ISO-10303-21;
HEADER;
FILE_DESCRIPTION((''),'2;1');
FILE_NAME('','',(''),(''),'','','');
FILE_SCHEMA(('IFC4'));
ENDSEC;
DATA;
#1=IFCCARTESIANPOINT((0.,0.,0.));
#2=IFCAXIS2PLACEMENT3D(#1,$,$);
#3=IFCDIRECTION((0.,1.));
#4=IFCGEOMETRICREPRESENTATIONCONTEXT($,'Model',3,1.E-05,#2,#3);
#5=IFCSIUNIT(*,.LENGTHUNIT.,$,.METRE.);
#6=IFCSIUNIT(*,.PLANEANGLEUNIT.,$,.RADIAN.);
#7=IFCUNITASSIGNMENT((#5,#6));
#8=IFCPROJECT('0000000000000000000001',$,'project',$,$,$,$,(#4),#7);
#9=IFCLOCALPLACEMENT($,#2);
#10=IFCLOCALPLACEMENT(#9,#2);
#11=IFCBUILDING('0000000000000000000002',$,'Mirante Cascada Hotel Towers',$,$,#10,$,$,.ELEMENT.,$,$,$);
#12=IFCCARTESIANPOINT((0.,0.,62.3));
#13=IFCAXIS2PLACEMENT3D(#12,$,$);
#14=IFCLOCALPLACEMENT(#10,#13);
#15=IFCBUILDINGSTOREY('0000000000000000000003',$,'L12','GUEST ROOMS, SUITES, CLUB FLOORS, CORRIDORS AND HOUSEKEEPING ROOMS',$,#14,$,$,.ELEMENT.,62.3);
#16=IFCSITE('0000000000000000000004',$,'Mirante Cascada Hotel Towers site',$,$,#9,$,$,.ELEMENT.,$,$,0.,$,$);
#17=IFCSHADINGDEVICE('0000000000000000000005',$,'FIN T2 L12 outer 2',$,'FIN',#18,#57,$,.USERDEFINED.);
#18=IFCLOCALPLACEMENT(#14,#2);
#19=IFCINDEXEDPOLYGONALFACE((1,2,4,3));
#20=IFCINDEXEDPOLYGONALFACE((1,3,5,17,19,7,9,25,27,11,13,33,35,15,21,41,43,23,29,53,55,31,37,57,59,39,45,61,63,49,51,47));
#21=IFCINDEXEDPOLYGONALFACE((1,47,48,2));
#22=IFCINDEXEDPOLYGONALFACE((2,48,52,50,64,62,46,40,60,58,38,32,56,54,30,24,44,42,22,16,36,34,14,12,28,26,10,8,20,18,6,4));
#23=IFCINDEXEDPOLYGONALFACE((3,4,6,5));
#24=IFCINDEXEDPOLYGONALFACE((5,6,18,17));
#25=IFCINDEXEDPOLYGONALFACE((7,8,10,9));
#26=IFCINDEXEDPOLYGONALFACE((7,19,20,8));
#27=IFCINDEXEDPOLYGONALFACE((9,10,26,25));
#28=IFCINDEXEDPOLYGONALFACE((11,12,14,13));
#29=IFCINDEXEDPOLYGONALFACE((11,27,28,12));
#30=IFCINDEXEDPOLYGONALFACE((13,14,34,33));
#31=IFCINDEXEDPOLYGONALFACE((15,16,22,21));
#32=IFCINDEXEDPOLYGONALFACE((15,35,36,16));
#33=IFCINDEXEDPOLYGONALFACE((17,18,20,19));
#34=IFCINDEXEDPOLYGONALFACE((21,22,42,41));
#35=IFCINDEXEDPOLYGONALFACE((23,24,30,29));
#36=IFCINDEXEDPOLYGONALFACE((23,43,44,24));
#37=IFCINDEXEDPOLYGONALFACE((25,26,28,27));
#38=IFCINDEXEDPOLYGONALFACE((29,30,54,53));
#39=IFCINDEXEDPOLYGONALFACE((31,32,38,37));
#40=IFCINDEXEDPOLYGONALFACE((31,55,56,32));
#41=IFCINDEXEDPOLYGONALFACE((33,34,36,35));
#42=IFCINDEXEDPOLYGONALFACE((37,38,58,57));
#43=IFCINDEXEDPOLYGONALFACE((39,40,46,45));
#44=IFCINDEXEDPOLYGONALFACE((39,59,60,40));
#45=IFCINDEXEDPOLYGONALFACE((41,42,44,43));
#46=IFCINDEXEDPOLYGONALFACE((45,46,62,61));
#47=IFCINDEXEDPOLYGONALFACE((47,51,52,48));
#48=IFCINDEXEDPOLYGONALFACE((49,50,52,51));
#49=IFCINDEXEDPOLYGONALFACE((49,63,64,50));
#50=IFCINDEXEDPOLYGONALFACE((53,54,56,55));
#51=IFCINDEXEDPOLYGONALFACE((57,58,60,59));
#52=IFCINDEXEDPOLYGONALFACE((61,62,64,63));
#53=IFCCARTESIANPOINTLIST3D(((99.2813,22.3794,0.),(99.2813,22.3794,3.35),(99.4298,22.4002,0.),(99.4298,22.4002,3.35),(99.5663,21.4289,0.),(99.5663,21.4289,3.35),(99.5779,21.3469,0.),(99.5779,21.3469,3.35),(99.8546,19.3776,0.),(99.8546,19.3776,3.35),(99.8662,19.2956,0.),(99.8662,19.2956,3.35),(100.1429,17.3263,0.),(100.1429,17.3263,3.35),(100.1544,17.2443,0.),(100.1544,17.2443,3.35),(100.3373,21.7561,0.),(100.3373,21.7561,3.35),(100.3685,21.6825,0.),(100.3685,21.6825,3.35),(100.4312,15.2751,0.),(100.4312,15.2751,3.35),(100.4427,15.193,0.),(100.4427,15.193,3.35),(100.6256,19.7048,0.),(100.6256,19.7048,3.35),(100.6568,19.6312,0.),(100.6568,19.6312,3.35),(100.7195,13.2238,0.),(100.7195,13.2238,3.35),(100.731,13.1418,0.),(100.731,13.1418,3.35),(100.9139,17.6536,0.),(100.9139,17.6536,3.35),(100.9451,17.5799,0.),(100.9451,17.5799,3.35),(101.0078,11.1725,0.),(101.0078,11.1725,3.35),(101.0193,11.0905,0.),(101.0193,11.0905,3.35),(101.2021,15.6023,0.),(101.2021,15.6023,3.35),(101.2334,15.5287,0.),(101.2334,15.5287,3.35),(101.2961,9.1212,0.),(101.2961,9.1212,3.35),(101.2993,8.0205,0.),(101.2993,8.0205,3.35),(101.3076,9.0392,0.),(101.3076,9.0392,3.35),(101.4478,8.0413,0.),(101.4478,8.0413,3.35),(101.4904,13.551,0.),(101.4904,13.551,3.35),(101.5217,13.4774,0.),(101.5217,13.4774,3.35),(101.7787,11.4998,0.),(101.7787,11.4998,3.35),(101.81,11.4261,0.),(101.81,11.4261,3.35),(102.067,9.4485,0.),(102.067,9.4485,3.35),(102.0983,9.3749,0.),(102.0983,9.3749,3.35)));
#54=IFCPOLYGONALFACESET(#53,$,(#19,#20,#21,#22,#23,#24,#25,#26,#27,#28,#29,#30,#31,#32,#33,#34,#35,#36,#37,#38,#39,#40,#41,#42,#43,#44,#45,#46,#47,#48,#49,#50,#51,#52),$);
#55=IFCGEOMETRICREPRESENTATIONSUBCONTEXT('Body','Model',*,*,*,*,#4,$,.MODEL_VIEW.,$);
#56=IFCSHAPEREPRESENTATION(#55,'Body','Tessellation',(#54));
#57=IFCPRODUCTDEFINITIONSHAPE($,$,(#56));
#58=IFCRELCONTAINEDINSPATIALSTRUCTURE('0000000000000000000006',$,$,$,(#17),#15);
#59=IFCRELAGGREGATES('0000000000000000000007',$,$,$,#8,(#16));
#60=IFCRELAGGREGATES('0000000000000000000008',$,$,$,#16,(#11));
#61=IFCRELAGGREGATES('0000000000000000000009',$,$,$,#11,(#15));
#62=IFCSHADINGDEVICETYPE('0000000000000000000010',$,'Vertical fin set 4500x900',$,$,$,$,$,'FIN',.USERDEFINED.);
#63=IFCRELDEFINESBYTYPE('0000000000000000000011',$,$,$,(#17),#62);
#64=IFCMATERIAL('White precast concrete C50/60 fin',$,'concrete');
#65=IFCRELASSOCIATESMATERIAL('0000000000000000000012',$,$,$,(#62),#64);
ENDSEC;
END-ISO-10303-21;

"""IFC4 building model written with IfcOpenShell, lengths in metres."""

from ifc_helpers import new_model, si_unit, direction, frame, origin, place, context, subcontext, project, spatial, polyline, outline, extrude, material, type_object, element, save


model = new_model("IFC4")

# Units and contexts
model_context = context("Model", 3, precision=1e-05, world=origin(), true_north=direction((0.0, 1.0)))
body_context = subcontext(model_context, "Body", "Model", "MODEL_VIEW")
ifc_project = project(units=[si_unit("LENGTHUNIT", "METRE"), si_unit("PLANEANGLEUNIT", "RADIAN")], contexts=[model_context])

# Site, building, storey
site_placement = place(None, origin())
site = spatial("IfcSite", under=ifc_project, at=site_placement, Name="Mirante Cascada Hotel Towers site", CompositionType="ELEMENT", RefElevation=0.0)
building_placement = place(site_placement, origin())
building = spatial("IfcBuilding", under=site, at=building_placement, Name="Mirante Cascada Hotel Towers", CompositionType="ELEMENT")
storey_placement = place(building_placement, frame((0.0, 0.0, 62.3)))
storey = spatial("IfcBuildingStorey", under=building, at=storey_placement, Name="L12", Description="GUEST ROOMS, SUITES, CLUB FLOORS, CORRIDORS AND HOUSEKEEPING ROOMS", CompositionType="ELEMENT", Elevation=62.3)

# Shading device
ifc_material_1 = material(Name="White precast concrete C50/60 fin", Category="concrete")
shading_device_type = type_object("IfcShadingDeviceType", Name="Vertical fin set 4500x900", ElementType="FIN", PredefinedType="USERDEFINED", material=ifc_material_1)
shading_device_1_placement = place(storey_placement, origin())
element("IfcShadingDevice", 1, at=shading_device_1_placement, inside=storey, type_object=shading_device_type, Name="FIN T2 L12 outer 2", ObjectType="FIN", PredefinedType="USERDEFINED", context=body_context, shape_type="SweptSolid", body=[
    extrude(outline(polyline([(102.0983, 9.3749), (101.3076, 9.0392), (101.4478, 8.0413), (101.2993, 8.0205), (99.2813, 22.3794), (99.4298, 22.4002), (99.5663, 21.4289), (100.3373, 21.7561), (100.3685, 21.6825), (99.5779, 21.3469), (99.8546, 19.3776), (100.6256, 19.7048), (100.6568, 19.6312), (99.8662, 19.2956), (100.1429, 17.3263), (100.9139, 17.6536), (100.9451, 17.5799), (100.1544, 17.2443), (100.4312, 15.2751), (101.2021, 15.6023), (101.2334, 15.5287), (100.4427, 15.193), (100.7195, 13.2238), (101.4904, 13.551), (101.5217, 13.4774), (100.731, 13.1418), (101.0078, 11.1725), (101.7787, 11.4998), (101.81, 11.4261), (101.0193, 11.0905), (101.2961, 9.1212), (102.067, 9.4485), (102.0983, 9.3749)])), origin(), (0.0, 0.0, 1.0), 3.35),
])

save(model, "model.ifc")
